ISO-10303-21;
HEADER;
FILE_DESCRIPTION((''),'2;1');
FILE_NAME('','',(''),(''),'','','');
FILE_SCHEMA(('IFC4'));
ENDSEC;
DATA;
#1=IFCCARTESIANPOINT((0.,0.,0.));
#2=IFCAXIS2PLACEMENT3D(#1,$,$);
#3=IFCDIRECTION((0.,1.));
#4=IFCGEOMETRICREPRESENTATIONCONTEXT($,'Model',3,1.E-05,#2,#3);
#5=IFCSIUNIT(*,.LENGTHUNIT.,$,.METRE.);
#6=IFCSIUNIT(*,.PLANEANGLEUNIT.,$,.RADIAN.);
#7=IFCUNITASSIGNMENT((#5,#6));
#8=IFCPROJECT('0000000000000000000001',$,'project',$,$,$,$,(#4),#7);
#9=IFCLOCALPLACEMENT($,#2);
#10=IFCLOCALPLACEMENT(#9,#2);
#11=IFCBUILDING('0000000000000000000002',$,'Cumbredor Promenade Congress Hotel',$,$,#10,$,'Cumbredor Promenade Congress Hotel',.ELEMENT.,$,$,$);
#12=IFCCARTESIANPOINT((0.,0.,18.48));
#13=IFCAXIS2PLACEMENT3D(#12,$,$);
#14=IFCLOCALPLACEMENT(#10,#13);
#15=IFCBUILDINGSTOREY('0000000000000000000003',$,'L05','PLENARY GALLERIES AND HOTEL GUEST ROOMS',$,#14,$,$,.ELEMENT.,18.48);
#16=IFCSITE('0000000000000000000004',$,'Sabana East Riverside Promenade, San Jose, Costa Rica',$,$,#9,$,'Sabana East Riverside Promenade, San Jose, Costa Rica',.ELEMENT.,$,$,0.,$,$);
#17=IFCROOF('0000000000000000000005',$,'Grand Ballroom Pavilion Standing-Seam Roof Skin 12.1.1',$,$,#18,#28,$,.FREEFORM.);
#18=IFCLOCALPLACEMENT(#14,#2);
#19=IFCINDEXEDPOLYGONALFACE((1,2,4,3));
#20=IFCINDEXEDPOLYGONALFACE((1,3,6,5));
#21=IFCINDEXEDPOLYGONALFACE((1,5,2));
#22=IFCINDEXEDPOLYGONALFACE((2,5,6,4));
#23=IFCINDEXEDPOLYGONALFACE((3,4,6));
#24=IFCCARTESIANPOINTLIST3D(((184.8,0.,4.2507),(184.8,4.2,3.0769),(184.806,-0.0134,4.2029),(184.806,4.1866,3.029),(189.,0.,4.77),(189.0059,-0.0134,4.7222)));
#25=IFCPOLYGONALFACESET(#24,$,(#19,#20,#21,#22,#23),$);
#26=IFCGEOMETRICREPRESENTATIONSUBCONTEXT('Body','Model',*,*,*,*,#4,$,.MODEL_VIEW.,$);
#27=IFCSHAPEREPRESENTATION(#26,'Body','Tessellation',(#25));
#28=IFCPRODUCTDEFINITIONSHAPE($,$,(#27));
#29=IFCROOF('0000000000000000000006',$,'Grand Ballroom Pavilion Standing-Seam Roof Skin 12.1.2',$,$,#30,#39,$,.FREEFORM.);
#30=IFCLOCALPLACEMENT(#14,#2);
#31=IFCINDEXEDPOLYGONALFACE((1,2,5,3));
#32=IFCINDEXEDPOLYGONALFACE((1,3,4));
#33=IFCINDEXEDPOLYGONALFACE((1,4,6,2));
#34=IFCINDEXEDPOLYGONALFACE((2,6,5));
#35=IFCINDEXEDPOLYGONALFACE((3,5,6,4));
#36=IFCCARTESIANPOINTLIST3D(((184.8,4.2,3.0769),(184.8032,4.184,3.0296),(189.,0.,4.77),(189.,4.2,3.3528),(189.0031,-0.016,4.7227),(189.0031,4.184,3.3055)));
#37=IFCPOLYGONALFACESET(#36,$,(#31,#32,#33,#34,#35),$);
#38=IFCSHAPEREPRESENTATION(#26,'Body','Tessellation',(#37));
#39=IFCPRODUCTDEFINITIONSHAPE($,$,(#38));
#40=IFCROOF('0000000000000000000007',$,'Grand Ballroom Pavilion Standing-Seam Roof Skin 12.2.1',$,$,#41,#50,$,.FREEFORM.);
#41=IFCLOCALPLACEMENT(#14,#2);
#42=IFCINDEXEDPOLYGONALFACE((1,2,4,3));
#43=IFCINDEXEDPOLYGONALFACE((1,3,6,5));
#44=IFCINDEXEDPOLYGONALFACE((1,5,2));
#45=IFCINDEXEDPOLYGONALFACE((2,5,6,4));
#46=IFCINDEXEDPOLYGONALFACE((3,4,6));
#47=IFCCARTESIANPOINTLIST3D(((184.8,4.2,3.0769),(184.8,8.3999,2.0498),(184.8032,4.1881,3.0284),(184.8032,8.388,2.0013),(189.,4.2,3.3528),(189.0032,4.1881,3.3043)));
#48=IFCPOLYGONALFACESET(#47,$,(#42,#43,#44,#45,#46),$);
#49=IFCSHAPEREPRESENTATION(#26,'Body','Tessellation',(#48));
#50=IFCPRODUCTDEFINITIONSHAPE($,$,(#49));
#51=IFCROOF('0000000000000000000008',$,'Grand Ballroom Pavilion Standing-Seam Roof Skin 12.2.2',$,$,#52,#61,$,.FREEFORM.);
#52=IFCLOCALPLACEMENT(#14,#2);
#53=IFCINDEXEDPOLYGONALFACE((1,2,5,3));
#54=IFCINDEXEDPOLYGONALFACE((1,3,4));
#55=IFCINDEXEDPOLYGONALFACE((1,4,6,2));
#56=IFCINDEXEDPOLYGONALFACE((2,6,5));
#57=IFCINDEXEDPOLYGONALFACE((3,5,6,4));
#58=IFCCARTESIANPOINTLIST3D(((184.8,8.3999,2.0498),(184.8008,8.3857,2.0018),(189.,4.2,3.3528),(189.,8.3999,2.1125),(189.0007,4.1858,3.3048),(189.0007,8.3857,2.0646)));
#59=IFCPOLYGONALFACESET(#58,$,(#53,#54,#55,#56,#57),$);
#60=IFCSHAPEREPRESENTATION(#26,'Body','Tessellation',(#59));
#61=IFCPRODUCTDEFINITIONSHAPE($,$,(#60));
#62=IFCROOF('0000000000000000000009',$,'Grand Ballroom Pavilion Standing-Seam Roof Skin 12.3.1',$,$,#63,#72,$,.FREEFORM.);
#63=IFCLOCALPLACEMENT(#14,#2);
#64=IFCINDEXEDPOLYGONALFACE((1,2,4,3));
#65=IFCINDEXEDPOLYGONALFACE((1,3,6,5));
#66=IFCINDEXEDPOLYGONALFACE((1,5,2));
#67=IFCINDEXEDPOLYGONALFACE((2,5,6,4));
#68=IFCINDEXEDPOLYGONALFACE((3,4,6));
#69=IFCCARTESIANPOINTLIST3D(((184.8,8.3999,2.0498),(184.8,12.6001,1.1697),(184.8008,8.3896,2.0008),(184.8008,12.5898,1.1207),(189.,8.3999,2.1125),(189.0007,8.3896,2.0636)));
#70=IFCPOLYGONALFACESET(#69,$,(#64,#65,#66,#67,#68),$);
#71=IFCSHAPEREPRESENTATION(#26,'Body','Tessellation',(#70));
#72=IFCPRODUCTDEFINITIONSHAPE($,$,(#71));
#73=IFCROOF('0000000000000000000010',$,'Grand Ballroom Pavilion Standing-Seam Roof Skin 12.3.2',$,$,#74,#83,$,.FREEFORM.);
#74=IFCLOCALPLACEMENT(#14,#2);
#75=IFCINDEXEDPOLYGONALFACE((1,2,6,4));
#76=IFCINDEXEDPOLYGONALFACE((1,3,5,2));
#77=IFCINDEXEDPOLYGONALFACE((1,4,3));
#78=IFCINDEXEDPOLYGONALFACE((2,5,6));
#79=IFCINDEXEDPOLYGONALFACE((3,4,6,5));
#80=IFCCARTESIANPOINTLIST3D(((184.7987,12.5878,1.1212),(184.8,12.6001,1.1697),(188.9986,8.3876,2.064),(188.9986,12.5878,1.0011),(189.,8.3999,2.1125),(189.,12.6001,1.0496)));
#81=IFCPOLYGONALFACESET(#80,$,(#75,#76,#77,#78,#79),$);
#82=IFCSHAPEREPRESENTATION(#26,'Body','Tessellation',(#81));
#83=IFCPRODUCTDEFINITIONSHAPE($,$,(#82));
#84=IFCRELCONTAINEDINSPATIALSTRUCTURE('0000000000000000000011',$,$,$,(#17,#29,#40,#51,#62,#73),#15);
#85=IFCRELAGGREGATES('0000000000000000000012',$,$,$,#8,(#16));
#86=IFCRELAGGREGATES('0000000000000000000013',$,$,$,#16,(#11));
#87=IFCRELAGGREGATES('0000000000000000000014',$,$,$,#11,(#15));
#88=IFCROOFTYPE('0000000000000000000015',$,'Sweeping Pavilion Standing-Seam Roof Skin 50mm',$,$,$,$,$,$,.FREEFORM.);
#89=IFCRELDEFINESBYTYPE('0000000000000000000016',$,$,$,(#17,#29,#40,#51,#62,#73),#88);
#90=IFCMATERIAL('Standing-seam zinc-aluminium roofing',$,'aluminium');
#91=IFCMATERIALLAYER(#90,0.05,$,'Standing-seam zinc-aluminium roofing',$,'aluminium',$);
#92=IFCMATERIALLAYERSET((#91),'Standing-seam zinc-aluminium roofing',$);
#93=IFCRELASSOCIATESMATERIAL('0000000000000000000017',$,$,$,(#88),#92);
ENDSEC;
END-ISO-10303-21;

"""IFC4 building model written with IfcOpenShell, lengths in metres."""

from ifc_helpers import new_model, si_unit, direction, frame, origin, place, context, subcontext, project, spatial, polyline, outline, extrude, material, layer, layer_set, type_object, element, save


model = new_model("IFC4")

# Units and contexts
model_context = context("Model", 3, precision=1e-05, world=origin(), true_north=direction((0.0, 1.0)))
body_context = subcontext(model_context, "Body", "Model", "MODEL_VIEW")
ifc_project = project(units=[si_unit("LENGTHUNIT", "METRE"), si_unit("PLANEANGLEUNIT", "RADIAN")], contexts=[model_context])

# Site, building, storey
site_placement = place(None, origin())
site = spatial("IfcSite", under=ifc_project, at=site_placement, Name="Sabana East Riverside Promenade, San Jose, Costa Rica", LongName="Sabana East Riverside Promenade, San Jose, Costa Rica", CompositionType="ELEMENT", RefElevation=0.0)
building_placement = place(site_placement, origin())
building = spatial("IfcBuilding", under=site, at=building_placement, Name="Cumbredor Promenade Congress Hotel", LongName="Cumbredor Promenade Congress Hotel", CompositionType="ELEMENT")
storey_placement = place(building_placement, frame((0.0, 0.0, 18.48)))
storey = spatial("IfcBuildingStorey", under=building, at=storey_placement, Name="L05", Description="PLENARY GALLERIES AND HOTEL GUEST ROOMS", CompositionType="ELEMENT", Elevation=18.48)

# Roofs
ifc_material_1 = material(Name="Standing-seam zinc-aluminium roofing", Category="aluminium")
ifc_layer_1 = layer(ifc_material_1, 0.05, Name="Standing-seam zinc-aluminium roofing", Category="aluminium")
ifc_layer_set_1 = layer_set([ifc_layer_1], Name="Standing-seam zinc-aluminium roofing")
roof_type = type_object("IfcRoofType", Name="Sweeping Pavilion Standing-Seam Roof Skin 50mm", PredefinedType="FREEFORM", material=ifc_layer_set_1)
roof_1_placement = place(storey_placement, frame((184.8, 0.0, 4.2507), z_axis=(-0.118243, 0.267283, 0.956336), x_axis=(0.992443, 0.0, 0.122707)))
element("IfcRoof", 1, at=roof_1_placement, inside=storey, type_object=roof_type, Name="Grand Ballroom Pavilion Standing-Seam Roof Skin 12.1.1", PredefinedType="FREEFORM", context=body_context, shape_type="SweptSolid", body=[
    extrude(outline(polyline([(0.0, 0.0), (4.2319, 0.0), (-0.144, 4.3585), (0.0, 0.0)])), origin(), (0.0, 0.0, -1.0), 0.05),
])
roof_2_placement = place(storey_placement, frame((189.0, 0.0, 4.77), z_axis=(-0.062118, 0.319111, 0.945679), x_axis=(0.0, 0.947509, -0.319729)))
element("IfcRoof", 2, at=roof_2_placement, inside=storey, type_object=roof_type, Name="Grand Ballroom Pavilion Standing-Seam Roof Skin 12.1.2", PredefinedType="FREEFORM", context=body_context, shape_type="SweptSolid", body=[
    extrude(outline(polyline([(0.0, 0.0), (4.4326, 0.0), (4.5208, 4.2081), (0.0, 0.0)])), origin(), (0.0, 0.0, -1.0), 0.05),
])
roof_3_placement = place(storey_placement, frame((184.8, 4.2, 3.0769), z_axis=(-0.063676, 0.237068, 0.969404), x_axis=(0.99785, 0.0, 0.065545)))
element("IfcRoof", 3, at=roof_3_placement, inside=storey, type_object=roof_type, Name="Grand Ballroom Pavilion Standing-Seam Roof Skin 12.2.1", PredefinedType="FREEFORM", context=body_context, shape_type="SweptSolid", body=[
    extrude(outline(polyline([(0.0, 0.0), (4.209, 0.0), (-0.0673, 4.3232), (0.0, 0.0)])), origin(), (0.0, 0.0, -1.0), 0.05),
])
roof_4_placement = place(storey_placement, frame((189.0, 4.2, 3.3528), z_axis=(-0.014326, 0.283178, 0.95896), x_axis=(0.0, 0.959059, -0.283207)))
element("IfcRoof", 4, at=roof_4_placement, inside=storey, type_object=roof_type, Name="Grand Ballroom Pavilion Standing-Seam Roof Skin 12.2.2", PredefinedType="FREEFORM", context=body_context, shape_type="SweptSolid", body=[
    extrude(outline(polyline([(0.0, 0.0), (4.3792, 0.0), (4.397, 4.2004), (0.0, 0.0)])), origin(), (0.0, 0.0, -1.0), 0.05),
])
roof_5_placement = place(storey_placement, frame((184.8, 8.3999, 2.0498), z_axis=(-0.01462, 0.205068, 0.978639), x_axis=(0.999888, 0.0, 0.014938)))
element("IfcRoof", 5, at=roof_5_placement, inside=storey, type_object=roof_type, Name="Grand Ballroom Pavilion Standing-Seam Roof Skin 12.3.1", PredefinedType="FREEFORM", context=body_context, shape_type="SweptSolid", body=[
    extrude(outline(polyline([(0.0, 0.0), (4.2004, 0.0), (-0.0131, 4.2914), (0.0, 0.0)])), origin(), (0.0, 0.0, -1.0), 0.05),
])
roof_6_placement = place(storey_placement, frame((189.0, 8.3999, 2.1125), z_axis=(0.027715, 0.245251, 0.969063), x_axis=(0.0, 0.969436, -0.245345)))
element("IfcRoof", 6, at=roof_6_placement, inside=storey, type_object=roof_type, Name="Grand Ballroom Pavilion Standing-Seam Roof Skin 12.3.2", PredefinedType="FREEFORM", context=body_context, shape_type="SweptSolid", body=[
    extrude(outline(polyline([(0.0, 0.0), (4.3326, 0.0), (4.3031, 4.2016), (0.0, 0.0)])), origin(), (0.0, 0.0, -1.0), 0.05),
])

save(model, "model.ifc")
